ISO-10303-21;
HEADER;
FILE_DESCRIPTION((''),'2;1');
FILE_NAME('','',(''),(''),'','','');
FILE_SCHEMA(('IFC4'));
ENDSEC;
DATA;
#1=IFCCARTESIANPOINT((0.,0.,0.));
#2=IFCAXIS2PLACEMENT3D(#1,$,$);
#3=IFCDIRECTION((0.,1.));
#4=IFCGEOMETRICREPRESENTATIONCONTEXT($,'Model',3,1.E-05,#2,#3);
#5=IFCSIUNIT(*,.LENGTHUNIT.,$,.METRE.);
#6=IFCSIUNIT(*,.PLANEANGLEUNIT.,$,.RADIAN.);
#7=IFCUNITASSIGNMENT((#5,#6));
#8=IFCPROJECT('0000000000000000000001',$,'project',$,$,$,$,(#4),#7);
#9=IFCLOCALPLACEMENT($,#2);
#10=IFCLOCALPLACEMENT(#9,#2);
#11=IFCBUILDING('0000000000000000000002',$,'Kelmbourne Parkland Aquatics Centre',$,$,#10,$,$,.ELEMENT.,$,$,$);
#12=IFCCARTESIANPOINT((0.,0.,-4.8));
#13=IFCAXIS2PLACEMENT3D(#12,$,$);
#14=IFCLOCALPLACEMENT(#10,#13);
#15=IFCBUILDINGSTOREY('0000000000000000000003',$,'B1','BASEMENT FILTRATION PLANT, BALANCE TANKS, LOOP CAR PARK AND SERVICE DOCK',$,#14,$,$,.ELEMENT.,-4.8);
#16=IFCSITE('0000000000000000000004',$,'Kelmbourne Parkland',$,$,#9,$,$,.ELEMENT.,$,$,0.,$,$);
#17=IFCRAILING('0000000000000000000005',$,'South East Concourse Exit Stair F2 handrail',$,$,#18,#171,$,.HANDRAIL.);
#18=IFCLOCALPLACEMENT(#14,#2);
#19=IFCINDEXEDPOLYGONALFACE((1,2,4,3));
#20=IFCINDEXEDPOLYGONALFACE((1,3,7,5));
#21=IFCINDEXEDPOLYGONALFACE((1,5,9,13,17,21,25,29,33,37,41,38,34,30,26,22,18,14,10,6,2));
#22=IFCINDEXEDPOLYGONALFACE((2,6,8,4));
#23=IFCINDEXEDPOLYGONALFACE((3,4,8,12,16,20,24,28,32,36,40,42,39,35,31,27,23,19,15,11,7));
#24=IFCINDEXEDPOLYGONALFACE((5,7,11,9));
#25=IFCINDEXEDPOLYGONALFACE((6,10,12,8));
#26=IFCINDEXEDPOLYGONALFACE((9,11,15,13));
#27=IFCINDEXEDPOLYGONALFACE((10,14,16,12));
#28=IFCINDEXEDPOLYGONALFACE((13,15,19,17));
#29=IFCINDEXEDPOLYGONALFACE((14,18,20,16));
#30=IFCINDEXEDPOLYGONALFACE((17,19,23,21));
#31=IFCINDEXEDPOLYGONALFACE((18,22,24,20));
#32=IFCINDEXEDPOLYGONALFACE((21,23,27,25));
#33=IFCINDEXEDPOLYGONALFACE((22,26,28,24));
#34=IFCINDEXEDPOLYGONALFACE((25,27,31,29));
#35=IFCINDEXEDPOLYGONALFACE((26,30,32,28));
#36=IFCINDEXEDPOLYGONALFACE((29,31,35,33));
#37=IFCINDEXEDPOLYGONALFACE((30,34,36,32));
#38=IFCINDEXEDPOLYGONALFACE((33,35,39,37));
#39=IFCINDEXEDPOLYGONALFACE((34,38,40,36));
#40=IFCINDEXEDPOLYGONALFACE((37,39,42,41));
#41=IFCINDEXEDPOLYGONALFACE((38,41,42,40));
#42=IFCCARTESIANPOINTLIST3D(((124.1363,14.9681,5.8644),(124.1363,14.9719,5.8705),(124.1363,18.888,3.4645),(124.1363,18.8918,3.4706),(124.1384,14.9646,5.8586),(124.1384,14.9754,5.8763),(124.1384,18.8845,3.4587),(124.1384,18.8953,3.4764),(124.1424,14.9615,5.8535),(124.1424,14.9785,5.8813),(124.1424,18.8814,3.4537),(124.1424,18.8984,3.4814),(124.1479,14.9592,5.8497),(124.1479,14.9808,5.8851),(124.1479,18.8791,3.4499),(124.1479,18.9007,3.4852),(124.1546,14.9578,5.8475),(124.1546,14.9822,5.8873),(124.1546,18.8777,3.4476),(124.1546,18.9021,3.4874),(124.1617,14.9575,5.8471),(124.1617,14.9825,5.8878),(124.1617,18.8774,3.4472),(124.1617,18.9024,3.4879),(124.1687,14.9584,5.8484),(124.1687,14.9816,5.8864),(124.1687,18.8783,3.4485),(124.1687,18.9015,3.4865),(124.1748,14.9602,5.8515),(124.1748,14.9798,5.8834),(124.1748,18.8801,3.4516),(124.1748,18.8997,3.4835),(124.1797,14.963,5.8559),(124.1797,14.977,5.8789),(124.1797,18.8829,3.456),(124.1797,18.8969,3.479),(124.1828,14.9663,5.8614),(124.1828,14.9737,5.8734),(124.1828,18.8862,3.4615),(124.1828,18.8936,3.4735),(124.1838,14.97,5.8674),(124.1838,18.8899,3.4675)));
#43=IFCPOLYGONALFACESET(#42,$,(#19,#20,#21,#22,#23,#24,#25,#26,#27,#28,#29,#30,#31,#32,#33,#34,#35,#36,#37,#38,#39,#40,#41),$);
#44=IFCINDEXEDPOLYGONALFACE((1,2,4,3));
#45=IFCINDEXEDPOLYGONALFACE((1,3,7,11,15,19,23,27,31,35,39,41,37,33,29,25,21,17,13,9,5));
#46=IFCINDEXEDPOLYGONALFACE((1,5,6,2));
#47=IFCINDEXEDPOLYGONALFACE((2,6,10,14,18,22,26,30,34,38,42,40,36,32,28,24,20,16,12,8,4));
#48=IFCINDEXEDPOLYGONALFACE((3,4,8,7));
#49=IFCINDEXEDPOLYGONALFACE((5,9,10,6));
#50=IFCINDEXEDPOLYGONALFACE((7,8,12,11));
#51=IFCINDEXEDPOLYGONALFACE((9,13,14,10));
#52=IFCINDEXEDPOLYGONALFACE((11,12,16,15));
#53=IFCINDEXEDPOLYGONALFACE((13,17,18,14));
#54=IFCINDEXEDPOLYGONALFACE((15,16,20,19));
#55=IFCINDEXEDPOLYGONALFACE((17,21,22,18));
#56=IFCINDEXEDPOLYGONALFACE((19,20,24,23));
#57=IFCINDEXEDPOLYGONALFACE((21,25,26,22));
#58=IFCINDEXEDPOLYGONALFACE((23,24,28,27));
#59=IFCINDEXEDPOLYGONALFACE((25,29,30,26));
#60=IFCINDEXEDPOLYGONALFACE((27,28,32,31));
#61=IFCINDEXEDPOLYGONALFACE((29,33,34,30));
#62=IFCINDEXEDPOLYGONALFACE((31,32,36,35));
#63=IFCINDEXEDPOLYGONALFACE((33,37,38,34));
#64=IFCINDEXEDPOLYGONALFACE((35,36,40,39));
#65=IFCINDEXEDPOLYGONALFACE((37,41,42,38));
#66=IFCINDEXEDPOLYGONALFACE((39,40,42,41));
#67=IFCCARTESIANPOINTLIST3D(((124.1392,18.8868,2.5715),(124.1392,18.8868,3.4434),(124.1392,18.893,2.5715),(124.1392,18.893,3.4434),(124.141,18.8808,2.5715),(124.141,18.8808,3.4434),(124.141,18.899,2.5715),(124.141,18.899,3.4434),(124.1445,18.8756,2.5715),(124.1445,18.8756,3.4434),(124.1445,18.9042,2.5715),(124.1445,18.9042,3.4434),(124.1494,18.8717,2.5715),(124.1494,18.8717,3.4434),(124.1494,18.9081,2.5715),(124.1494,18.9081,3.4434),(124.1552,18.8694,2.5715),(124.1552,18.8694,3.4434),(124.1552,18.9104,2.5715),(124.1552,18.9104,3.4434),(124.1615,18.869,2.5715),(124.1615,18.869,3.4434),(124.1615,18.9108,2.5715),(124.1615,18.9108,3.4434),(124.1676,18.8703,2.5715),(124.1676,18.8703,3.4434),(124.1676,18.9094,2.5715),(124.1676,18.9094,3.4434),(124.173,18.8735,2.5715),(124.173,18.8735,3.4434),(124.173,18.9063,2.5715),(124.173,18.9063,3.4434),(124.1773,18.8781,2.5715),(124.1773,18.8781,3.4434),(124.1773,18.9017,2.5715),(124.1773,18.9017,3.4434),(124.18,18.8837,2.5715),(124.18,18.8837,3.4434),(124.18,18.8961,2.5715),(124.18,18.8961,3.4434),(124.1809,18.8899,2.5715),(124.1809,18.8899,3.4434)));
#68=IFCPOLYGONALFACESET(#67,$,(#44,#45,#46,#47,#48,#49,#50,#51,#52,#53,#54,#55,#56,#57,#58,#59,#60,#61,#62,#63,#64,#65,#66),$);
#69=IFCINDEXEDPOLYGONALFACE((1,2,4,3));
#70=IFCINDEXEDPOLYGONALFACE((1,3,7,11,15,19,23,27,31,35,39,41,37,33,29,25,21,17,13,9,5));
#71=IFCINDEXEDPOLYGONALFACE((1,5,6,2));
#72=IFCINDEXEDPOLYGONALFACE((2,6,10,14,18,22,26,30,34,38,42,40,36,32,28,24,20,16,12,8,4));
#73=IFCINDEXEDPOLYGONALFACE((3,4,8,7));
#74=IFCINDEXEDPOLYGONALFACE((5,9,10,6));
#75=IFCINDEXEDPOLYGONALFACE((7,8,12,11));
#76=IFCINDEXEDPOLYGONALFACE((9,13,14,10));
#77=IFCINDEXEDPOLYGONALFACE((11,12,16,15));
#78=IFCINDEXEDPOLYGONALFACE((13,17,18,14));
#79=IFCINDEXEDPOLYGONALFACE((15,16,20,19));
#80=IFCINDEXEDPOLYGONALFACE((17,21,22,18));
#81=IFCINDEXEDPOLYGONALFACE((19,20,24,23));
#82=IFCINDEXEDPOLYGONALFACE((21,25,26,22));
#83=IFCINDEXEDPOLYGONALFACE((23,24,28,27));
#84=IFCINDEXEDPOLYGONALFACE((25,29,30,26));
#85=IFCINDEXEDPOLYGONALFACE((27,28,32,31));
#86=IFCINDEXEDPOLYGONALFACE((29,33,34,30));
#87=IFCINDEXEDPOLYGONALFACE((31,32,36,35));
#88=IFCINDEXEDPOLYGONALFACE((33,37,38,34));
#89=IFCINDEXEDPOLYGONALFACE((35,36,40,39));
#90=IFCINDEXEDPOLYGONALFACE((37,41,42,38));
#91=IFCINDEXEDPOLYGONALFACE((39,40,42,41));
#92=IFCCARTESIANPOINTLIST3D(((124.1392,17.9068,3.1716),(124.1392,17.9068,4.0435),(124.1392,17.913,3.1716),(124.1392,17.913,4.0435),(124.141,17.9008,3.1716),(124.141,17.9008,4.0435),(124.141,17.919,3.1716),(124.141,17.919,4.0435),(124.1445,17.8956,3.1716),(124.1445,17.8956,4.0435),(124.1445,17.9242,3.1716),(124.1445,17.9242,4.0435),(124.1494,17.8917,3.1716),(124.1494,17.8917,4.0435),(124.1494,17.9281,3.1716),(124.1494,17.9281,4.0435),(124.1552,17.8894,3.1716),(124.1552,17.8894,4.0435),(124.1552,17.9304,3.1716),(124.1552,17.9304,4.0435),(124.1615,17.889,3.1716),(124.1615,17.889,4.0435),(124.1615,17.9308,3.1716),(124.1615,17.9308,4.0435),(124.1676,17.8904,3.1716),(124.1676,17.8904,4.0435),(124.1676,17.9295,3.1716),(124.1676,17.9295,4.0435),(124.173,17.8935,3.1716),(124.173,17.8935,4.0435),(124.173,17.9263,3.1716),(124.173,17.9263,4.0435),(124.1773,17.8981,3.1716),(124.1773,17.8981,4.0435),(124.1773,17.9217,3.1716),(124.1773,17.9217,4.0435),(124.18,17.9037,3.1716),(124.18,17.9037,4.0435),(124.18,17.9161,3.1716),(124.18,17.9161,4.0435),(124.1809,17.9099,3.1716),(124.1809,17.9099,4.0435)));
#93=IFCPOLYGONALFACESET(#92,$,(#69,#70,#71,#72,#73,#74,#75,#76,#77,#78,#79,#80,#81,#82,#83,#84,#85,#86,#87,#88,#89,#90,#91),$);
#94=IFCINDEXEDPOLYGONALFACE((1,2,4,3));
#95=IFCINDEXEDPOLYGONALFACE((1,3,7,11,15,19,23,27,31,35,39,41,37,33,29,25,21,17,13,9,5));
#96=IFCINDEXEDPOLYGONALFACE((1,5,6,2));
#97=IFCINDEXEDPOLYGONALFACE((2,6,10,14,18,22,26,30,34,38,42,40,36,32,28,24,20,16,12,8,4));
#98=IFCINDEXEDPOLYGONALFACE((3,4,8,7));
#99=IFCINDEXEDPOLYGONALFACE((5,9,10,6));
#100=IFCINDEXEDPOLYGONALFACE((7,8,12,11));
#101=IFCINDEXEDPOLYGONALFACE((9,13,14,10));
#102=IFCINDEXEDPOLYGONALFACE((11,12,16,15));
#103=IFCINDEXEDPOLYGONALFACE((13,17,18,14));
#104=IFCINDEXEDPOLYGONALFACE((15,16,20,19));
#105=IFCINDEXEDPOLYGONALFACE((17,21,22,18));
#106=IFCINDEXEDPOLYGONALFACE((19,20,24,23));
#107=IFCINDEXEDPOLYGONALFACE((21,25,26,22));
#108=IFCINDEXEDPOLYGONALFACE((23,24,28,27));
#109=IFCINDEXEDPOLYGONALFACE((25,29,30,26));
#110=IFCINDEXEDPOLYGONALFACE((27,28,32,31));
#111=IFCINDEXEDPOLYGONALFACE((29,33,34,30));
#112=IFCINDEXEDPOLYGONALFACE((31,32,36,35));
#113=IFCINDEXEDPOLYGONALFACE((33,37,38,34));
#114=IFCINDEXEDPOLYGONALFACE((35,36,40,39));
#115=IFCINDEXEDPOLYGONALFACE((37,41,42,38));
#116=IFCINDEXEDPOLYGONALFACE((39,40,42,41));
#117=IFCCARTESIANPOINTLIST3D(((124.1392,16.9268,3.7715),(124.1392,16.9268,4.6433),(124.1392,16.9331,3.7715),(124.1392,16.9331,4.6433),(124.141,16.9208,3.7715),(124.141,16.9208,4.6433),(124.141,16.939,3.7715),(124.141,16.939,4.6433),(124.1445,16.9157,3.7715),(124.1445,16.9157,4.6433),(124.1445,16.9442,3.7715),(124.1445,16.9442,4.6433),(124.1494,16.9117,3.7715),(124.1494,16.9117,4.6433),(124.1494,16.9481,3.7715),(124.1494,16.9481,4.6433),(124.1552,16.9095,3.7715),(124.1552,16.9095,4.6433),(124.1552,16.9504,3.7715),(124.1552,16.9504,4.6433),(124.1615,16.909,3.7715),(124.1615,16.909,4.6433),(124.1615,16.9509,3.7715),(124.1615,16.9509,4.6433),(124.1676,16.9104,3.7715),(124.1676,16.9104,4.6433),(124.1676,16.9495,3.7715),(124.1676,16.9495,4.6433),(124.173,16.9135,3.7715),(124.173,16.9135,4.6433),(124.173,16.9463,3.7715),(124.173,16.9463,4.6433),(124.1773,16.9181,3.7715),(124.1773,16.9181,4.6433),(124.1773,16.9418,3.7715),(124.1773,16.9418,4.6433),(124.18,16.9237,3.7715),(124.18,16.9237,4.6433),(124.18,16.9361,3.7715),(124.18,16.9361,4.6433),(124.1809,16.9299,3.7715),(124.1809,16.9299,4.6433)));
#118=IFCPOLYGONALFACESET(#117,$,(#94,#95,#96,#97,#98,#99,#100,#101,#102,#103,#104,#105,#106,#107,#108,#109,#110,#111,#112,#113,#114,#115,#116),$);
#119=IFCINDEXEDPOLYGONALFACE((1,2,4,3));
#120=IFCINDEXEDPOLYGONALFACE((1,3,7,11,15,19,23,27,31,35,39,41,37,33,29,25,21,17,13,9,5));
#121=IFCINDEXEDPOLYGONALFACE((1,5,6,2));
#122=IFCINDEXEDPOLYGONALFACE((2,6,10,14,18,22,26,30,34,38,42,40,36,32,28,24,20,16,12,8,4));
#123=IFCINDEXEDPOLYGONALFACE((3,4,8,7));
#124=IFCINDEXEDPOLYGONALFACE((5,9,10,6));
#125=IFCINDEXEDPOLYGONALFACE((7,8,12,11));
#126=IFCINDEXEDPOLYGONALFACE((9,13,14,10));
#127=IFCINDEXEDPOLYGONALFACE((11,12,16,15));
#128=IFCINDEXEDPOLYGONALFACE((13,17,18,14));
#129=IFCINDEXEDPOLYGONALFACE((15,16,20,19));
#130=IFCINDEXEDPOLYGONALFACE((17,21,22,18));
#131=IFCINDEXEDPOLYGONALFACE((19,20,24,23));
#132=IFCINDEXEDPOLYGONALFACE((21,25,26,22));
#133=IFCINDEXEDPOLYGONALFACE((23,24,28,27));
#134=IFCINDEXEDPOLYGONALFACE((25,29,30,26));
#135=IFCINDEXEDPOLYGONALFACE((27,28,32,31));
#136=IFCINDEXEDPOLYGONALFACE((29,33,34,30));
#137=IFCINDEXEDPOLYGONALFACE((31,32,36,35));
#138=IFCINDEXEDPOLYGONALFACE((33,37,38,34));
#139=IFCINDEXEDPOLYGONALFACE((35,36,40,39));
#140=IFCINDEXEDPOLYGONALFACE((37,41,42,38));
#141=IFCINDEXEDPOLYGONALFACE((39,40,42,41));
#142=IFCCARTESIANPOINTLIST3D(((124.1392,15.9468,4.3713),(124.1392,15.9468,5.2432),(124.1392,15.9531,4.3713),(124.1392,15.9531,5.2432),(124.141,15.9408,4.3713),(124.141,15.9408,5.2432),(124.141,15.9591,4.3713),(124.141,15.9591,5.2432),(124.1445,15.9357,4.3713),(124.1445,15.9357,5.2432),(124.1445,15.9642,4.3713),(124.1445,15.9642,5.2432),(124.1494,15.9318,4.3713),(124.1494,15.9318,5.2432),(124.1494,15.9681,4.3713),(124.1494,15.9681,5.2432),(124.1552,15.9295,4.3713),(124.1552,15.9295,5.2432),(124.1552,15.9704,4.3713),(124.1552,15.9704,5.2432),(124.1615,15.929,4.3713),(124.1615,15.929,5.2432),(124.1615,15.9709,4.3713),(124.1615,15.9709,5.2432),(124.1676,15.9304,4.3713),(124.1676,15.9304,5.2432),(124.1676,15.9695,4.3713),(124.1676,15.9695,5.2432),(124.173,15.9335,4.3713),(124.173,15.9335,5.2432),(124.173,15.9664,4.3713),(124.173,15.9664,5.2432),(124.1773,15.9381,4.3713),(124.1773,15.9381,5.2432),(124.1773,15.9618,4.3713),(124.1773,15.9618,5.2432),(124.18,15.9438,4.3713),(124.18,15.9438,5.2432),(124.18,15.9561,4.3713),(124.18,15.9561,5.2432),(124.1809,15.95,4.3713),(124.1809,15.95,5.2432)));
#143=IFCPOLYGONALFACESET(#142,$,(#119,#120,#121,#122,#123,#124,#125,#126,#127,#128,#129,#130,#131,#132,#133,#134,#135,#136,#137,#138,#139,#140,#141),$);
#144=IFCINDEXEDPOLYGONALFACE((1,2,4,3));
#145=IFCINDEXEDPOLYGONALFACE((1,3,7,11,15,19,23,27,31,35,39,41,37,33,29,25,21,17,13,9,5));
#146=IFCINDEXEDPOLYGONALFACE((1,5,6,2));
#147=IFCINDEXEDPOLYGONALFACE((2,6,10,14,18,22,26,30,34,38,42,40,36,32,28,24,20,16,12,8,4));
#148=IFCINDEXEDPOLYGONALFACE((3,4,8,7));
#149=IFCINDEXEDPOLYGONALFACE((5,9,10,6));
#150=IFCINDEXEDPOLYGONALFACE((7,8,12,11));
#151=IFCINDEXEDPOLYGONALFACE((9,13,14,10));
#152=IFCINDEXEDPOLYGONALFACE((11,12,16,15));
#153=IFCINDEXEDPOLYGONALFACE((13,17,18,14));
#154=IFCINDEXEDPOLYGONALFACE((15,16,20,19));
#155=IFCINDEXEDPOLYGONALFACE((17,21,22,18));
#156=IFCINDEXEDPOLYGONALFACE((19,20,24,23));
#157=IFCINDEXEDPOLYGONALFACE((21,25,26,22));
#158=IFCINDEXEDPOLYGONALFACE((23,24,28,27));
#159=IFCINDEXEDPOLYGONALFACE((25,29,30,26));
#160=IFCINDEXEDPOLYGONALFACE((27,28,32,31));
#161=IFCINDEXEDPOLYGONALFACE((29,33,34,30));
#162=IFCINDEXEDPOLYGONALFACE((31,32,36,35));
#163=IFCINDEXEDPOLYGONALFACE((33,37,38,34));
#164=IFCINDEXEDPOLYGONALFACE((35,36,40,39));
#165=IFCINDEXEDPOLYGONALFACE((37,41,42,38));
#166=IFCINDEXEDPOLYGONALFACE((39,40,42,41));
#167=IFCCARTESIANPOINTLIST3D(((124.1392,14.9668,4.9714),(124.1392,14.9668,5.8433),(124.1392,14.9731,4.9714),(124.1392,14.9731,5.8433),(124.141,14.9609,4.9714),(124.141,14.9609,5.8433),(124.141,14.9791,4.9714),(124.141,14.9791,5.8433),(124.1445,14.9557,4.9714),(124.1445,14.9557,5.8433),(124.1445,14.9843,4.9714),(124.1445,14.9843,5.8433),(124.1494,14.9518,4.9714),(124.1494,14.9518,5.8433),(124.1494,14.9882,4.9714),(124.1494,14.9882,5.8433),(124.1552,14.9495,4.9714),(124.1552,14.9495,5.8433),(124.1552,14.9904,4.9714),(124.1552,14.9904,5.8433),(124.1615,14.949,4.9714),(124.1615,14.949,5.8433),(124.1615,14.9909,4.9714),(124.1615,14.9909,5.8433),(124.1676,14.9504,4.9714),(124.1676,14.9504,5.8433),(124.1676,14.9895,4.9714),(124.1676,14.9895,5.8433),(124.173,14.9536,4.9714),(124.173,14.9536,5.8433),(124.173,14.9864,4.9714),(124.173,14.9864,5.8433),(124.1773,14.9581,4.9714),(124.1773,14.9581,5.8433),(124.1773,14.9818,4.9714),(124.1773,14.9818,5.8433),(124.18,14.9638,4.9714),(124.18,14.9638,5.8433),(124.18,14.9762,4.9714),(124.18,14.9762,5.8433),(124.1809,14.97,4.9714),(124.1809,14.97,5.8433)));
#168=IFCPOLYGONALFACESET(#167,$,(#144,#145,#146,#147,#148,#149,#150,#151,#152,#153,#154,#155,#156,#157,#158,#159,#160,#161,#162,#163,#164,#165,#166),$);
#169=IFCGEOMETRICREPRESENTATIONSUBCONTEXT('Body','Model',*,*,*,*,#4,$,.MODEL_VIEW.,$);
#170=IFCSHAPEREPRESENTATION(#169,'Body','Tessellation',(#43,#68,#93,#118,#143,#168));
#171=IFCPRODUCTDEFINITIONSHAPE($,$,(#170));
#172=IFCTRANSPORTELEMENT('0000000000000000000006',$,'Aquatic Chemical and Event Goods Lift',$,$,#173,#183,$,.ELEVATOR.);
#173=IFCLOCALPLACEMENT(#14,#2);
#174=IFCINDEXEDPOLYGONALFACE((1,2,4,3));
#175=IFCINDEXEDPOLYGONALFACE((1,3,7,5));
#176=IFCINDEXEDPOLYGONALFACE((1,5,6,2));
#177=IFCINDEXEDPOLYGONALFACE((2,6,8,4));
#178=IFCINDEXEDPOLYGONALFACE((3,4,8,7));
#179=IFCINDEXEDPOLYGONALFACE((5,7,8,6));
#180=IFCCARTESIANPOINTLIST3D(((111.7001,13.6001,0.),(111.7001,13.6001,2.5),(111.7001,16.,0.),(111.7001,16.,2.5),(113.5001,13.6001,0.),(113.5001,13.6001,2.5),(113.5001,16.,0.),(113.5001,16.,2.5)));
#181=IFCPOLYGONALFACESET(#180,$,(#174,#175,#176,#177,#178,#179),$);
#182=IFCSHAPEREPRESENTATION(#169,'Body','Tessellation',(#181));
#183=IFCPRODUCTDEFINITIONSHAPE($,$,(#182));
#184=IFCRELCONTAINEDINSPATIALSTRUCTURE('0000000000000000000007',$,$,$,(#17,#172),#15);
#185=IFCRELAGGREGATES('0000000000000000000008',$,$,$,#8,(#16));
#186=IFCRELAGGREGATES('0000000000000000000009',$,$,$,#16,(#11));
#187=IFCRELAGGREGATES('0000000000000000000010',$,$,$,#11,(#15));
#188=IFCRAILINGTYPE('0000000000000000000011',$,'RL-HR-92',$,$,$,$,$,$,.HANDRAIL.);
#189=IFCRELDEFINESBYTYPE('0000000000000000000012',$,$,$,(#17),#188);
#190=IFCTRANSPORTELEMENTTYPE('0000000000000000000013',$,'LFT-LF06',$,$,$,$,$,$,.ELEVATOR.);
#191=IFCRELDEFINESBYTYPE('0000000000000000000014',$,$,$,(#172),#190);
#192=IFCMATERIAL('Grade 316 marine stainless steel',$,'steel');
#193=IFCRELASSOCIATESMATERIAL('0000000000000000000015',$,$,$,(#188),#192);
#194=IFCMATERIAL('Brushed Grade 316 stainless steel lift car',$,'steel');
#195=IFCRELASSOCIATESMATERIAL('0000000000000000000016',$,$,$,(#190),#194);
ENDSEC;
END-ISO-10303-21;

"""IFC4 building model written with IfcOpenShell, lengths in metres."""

from ifc_helpers import new_model, si_unit, direction, frame, origin, origin_2d, place, context, subcontext, project, spatial, rectangle, circle, extrude, material, type_object, element, save


model = new_model("IFC4")

# Units and contexts
model_context = context("Model", 3, precision=1e-05, world=origin(), true_north=direction((0.0, 1.0)))
body_context = subcontext(model_context, "Body", "Model", "MODEL_VIEW")
ifc_project = project(units=[si_unit("LENGTHUNIT", "METRE"), si_unit("PLANEANGLEUNIT", "RADIAN")], contexts=[model_context])

# Site, building, storey
site_placement = place(None, origin())
site = spatial("IfcSite", under=ifc_project, at=site_placement, Name="Kelmbourne Parkland", CompositionType="ELEMENT", RefElevation=0.0)
building_placement = place(site_placement, origin())
building = spatial("IfcBuilding", under=site, at=building_placement, Name="Kelmbourne Parkland Aquatics Centre", CompositionType="ELEMENT")
storey_placement = place(building_placement, frame((0.0, 0.0, -4.8)))
storey = spatial("IfcBuildingStorey", under=building, at=storey_placement, Name="B1", Description="BASEMENT FILTRATION PLANT, BALANCE TANKS, LOOP CAR PARK AND SERVICE DOCK", CompositionType="ELEMENT", Elevation=-4.8)

# Railing
ifc_material_1 = material(Name="Grade 316 marine stainless steel", Category="steel")
railing_type_1 = type_object("IfcRailingType", Name="RL-HR-92", PredefinedType="HANDRAIL", material=ifc_material_1)
railing_1_placement = place(storey_placement, frame((124.1599, 18.8899, 2.5715)))
element("IfcRailing", 1, at=railing_1_placement, inside=storey, type_object=railing_type_1, Name="South East Concourse Exit Stair F2 handrail", PredefinedType="HANDRAIL", context=body_context, shape_type="SweptSolid", body=[
    extrude(circle(Radius=0.0239, at=origin_2d()), frame((0.0, 0.0, 0.896), z_axis=(0.0, -0.852856, 0.522146), x_axis=(1.0, 0.0, 0.0)), (0.0, 0.0, 1.0), 4.5962),
    extrude(circle(Radius=0.021, at=origin_2d()), origin(), (0.0, 0.0, 1.0), 0.8718),
    extrude(circle(Radius=0.021, at=origin_2d()), frame((0.0, -0.98, 0.6001)), (0.0, 0.0, 1.0), 0.8718),
    extrude(circle(Radius=0.021, at=origin_2d()), frame((0.0, -1.96, 1.2)), (0.0, 0.0, 1.0), 0.8718),
    extrude(circle(Radius=0.021, at=origin_2d()), frame((0.0, -2.9399, 1.7998)), (0.0, 0.0, 1.0), 0.8718),
    extrude(circle(Radius=0.021, at=origin_2d()), frame((0.0, -3.9199, 2.3999)), (0.0, 0.0, 1.0), 0.8718),
])

# Transport element
ifc_material_2 = material(Name="Brushed Grade 316 stainless steel lift car", Category="steel")
transport_element_type = type_object("IfcTransportElementType", Name="LFT-LF06", PredefinedType="ELEVATOR", material=ifc_material_2)
transport_element_placement = place(storey_placement, frame((112.6001, 14.8, 0.0), z_axis=(0.0, 0.0, 1.0), x_axis=(1.0, 0.0, 0.0)))
element("IfcTransportElement", 2, at=transport_element_placement, inside=storey, type_object=transport_element_type, Name="Aquatic Chemical and Event Goods Lift", PredefinedType="ELEVATOR", context=body_context, shape_type="SweptSolid", body=[
    extrude(rectangle(XDim=1.8, YDim=2.3999, at=origin_2d()), origin(), (0.0, 0.0, 1.0), 2.5),
])

save(model, "model.ifc")
